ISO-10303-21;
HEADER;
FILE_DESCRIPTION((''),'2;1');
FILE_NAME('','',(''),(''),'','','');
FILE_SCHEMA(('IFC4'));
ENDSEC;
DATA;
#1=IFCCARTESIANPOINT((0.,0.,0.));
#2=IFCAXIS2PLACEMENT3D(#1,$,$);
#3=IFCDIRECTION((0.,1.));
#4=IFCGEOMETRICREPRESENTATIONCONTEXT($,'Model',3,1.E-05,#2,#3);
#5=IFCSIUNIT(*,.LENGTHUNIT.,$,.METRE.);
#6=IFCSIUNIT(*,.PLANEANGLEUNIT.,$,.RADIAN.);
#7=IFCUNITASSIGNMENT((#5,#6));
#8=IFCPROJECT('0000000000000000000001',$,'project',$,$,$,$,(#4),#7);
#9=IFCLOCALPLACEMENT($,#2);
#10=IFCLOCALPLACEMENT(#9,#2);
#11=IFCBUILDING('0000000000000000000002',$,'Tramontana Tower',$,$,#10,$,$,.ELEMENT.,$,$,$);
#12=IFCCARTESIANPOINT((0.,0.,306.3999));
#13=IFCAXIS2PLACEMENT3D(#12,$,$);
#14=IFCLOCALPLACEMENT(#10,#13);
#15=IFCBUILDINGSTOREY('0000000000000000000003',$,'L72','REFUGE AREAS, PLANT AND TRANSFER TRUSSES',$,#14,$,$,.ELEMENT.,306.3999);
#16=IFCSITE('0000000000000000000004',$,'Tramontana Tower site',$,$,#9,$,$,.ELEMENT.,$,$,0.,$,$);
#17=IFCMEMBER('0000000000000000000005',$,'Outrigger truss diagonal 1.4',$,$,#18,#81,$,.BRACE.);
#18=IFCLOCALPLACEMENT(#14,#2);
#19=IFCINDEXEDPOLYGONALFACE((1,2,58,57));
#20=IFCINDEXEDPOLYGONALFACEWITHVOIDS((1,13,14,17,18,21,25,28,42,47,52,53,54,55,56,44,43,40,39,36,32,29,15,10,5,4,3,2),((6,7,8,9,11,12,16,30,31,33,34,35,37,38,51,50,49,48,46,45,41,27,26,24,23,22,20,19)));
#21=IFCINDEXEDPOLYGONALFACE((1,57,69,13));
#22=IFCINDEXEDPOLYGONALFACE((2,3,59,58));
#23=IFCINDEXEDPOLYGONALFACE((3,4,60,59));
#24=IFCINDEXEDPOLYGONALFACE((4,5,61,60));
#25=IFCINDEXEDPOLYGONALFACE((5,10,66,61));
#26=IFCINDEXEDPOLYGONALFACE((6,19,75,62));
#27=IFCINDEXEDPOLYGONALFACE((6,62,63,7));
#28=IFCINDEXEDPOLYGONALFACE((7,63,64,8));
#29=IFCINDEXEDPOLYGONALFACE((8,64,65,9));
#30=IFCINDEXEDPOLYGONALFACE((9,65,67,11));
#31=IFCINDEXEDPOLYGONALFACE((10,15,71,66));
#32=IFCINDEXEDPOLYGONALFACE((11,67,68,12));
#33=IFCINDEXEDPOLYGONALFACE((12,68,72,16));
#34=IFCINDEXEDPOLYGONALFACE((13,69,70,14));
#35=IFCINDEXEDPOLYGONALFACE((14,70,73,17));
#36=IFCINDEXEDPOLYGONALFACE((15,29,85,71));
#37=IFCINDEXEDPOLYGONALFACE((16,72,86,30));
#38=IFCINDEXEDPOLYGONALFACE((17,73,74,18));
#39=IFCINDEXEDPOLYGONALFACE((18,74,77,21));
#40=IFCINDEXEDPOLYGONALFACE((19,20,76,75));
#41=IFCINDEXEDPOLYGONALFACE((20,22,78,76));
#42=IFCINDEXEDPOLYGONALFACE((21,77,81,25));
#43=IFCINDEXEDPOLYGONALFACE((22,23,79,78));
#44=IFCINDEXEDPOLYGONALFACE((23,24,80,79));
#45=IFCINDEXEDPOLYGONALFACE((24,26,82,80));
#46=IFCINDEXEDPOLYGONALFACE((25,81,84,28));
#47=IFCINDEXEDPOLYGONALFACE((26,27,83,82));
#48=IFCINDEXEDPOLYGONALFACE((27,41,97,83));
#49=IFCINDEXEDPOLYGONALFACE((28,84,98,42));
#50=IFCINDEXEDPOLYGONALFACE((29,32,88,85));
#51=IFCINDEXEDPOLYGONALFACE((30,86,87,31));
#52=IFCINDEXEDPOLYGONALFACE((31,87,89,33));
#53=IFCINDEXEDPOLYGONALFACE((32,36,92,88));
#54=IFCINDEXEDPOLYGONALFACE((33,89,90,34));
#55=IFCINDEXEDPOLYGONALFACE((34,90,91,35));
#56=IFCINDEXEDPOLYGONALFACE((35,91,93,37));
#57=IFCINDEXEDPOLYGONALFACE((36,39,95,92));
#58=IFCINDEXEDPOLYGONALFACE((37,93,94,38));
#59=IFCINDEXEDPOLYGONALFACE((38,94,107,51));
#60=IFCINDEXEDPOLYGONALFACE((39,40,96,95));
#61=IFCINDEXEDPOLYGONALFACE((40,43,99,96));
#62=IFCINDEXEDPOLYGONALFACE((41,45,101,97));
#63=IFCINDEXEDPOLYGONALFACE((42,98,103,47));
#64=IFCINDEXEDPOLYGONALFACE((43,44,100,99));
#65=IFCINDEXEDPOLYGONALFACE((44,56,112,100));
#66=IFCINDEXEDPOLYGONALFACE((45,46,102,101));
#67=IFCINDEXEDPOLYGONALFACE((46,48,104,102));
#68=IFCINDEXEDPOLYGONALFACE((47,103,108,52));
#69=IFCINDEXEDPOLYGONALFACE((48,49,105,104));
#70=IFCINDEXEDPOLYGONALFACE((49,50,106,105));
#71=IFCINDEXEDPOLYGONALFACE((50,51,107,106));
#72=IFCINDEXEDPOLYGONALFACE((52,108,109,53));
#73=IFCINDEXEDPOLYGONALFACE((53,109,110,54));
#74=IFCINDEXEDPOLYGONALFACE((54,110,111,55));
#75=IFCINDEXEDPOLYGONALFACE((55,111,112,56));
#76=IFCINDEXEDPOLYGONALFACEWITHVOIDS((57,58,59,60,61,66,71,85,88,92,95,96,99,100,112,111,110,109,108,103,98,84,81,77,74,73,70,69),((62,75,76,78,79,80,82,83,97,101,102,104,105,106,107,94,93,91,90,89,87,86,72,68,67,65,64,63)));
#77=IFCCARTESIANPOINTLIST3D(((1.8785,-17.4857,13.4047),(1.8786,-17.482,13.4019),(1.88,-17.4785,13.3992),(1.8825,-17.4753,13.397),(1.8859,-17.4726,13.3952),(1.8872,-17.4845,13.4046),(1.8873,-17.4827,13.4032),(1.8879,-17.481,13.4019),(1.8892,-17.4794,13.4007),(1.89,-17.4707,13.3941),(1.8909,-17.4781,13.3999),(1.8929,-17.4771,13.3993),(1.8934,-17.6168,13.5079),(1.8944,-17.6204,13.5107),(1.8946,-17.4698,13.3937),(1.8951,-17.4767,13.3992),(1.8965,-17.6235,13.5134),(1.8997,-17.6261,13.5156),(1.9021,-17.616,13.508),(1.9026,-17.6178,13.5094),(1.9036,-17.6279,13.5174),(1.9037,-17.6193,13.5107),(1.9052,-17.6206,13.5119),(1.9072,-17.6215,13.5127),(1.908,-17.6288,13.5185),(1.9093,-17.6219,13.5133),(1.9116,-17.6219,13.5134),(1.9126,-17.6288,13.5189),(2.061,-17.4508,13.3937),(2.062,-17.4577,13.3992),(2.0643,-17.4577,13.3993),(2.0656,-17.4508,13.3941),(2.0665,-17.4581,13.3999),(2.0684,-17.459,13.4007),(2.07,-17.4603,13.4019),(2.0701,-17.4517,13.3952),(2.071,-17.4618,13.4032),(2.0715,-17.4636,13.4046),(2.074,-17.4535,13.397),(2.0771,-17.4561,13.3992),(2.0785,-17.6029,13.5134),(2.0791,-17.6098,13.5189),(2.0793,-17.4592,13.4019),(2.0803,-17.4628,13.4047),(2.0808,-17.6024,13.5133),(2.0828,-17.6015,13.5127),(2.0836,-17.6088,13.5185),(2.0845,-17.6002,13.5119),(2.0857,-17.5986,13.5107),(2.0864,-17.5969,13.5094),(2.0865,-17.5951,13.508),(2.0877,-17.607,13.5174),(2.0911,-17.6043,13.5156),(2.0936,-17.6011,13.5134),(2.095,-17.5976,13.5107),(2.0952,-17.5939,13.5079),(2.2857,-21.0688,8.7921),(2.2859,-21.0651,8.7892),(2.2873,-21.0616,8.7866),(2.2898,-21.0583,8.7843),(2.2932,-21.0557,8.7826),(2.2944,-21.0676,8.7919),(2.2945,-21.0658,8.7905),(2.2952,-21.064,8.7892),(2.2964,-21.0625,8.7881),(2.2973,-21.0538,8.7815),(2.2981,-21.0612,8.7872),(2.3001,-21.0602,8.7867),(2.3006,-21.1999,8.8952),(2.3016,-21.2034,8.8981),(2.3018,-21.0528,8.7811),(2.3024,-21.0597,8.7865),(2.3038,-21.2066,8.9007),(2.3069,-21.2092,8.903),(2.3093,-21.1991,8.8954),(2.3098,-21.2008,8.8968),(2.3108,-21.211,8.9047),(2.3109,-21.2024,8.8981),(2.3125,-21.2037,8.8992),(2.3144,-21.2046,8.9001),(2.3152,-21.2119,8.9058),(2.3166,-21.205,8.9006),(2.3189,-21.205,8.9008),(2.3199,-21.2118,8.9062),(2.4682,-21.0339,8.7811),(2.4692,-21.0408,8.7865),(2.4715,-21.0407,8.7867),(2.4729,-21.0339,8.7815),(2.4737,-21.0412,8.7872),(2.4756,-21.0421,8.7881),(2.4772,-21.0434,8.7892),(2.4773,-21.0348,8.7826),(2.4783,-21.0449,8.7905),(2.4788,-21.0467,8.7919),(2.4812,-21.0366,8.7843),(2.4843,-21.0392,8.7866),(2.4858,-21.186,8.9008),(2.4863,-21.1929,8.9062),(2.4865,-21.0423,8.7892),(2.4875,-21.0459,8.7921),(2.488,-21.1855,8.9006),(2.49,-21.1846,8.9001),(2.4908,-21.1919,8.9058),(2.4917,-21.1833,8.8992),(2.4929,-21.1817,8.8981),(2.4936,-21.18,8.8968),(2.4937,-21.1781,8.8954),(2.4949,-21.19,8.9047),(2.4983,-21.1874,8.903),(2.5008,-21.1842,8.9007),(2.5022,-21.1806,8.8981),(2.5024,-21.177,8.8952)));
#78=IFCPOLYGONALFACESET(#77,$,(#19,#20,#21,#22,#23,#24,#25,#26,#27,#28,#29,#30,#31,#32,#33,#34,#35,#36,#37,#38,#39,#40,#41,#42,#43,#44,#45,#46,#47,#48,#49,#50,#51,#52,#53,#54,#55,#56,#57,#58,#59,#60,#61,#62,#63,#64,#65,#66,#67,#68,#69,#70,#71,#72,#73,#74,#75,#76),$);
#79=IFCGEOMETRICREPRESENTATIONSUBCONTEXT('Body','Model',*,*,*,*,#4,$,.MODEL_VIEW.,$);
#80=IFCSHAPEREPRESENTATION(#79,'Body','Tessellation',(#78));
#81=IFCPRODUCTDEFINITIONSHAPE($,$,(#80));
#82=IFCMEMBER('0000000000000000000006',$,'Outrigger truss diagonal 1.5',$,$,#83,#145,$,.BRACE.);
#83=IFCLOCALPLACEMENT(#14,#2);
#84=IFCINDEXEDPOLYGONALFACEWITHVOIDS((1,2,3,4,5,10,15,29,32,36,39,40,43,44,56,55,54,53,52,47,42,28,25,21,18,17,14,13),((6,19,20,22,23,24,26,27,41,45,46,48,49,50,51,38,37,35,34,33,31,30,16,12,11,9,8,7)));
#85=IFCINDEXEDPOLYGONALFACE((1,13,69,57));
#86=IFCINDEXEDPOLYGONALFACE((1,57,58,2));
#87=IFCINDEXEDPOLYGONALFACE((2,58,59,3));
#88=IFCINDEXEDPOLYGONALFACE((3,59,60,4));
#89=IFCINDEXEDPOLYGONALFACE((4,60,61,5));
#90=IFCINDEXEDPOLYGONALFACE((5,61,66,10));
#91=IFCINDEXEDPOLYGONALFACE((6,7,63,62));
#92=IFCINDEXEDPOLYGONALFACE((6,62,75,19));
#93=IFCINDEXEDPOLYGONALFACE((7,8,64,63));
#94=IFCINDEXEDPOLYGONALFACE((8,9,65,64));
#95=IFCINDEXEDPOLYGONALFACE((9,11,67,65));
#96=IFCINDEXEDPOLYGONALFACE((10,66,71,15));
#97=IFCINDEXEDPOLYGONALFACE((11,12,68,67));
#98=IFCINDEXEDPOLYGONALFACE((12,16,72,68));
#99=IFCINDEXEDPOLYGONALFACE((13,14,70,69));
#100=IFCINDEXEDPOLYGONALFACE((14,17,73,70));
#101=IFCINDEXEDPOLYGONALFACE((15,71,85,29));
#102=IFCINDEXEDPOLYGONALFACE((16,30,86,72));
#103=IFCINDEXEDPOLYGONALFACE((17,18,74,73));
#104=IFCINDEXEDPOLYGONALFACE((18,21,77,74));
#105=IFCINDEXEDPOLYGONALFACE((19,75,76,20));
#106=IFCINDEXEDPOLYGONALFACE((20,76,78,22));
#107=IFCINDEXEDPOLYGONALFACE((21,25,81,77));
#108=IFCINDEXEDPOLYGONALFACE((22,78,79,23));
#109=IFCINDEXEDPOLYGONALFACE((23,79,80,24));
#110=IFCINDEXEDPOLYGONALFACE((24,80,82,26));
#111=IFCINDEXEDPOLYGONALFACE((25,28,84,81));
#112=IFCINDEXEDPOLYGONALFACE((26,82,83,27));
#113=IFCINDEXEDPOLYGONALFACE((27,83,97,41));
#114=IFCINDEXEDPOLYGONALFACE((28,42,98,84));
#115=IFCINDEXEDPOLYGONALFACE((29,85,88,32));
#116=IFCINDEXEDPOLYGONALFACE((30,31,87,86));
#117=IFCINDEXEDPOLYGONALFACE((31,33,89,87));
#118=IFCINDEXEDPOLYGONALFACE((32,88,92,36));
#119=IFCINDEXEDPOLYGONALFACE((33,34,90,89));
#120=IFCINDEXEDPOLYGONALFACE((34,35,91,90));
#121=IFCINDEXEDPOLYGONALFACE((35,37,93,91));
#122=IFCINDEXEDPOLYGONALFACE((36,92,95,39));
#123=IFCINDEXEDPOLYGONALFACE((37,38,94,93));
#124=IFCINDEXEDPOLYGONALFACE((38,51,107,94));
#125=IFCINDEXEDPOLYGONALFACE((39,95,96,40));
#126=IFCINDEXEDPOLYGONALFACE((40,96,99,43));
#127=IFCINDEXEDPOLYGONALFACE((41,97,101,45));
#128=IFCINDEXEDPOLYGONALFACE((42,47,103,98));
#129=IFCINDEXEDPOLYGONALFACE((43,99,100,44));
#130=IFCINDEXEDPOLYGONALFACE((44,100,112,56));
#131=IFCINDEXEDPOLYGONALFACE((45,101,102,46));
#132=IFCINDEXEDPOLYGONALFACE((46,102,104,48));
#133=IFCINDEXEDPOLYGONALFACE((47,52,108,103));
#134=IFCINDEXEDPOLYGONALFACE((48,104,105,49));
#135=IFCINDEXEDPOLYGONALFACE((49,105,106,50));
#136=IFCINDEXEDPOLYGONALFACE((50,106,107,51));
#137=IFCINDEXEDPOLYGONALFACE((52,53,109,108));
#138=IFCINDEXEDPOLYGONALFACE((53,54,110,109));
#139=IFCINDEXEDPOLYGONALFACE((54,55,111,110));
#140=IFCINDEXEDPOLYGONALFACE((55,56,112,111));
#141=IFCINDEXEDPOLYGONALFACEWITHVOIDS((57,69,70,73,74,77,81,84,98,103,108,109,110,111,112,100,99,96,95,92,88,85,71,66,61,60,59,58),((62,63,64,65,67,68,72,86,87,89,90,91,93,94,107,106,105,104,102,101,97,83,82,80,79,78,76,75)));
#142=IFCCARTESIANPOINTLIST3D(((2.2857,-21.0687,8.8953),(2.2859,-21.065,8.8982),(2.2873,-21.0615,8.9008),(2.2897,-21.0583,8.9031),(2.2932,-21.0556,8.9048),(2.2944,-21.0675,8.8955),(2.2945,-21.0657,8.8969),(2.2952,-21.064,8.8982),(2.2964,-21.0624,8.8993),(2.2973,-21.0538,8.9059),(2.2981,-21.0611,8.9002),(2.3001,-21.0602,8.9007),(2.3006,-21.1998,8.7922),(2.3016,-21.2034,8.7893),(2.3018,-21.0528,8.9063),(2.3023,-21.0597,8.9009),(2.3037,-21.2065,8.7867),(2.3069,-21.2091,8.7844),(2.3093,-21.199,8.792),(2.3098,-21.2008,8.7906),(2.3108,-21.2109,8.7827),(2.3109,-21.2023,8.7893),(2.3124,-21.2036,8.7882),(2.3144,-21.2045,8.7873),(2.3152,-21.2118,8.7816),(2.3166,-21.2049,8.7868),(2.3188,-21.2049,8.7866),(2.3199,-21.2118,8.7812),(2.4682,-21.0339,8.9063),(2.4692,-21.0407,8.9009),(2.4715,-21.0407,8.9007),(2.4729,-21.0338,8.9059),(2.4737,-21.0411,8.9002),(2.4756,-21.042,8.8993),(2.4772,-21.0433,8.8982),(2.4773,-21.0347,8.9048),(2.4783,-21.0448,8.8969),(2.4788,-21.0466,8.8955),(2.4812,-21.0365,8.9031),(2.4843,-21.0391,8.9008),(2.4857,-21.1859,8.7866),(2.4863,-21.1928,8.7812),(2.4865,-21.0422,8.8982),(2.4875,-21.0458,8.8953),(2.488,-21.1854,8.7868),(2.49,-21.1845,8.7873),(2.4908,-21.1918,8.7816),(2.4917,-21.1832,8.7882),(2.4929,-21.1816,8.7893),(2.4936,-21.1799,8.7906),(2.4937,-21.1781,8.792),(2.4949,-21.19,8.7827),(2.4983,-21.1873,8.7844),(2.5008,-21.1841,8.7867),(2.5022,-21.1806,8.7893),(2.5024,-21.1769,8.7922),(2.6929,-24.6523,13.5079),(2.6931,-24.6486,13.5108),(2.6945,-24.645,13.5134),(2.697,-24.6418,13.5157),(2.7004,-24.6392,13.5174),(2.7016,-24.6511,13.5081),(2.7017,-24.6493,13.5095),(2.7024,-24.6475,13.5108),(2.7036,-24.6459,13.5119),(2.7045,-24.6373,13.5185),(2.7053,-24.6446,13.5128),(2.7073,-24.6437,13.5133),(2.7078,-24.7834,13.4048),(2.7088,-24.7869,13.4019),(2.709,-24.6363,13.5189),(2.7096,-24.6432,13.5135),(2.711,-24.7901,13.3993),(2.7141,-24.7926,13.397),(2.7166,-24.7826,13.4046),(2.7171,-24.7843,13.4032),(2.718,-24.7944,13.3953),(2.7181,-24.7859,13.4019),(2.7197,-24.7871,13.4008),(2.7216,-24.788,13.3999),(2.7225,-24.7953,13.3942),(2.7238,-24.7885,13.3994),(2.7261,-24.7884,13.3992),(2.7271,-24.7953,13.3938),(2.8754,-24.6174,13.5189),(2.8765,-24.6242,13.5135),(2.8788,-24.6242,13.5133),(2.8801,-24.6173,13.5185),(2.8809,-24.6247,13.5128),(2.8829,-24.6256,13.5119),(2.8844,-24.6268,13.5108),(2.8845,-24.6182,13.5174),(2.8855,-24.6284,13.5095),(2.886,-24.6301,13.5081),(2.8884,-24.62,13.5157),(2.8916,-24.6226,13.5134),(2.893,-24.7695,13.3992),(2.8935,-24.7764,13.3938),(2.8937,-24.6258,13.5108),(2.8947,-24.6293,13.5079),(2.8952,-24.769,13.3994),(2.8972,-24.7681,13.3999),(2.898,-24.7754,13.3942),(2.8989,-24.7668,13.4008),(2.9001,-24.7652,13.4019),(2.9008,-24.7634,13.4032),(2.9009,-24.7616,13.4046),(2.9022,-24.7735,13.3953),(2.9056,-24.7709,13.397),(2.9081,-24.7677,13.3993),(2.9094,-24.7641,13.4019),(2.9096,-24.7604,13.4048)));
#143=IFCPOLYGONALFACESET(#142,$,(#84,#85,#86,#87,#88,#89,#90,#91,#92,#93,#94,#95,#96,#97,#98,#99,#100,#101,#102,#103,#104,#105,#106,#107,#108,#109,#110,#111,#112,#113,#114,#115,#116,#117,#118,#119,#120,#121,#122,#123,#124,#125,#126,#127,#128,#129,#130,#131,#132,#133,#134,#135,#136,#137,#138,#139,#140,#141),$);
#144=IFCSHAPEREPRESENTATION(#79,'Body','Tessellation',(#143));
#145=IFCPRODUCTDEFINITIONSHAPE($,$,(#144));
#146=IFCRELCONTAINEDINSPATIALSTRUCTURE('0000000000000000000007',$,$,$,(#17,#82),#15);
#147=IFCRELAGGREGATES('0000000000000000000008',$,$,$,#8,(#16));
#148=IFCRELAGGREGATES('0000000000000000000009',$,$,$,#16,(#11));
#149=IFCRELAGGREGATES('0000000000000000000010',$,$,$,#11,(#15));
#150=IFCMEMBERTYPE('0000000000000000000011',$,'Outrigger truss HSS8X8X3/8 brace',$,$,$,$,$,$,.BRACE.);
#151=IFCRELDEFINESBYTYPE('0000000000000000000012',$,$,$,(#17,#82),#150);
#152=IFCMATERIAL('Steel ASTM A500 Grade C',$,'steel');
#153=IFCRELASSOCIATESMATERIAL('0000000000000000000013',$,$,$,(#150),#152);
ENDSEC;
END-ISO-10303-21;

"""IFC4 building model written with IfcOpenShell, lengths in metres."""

from ifc_helpers import new_model, si_unit, direction, frame, origin, origin_2d, place, context, subcontext, project, spatial, hollow_rectangle, extrude, material, material_profile, profile_set, type_object, element, save


model = new_model("IFC4")

# Units and contexts
model_context = context("Model", 3, precision=1e-05, world=origin(), true_north=direction((0.0, 1.0)))
body_context = subcontext(model_context, "Body", "Model", "MODEL_VIEW")
ifc_project = project(units=[si_unit("LENGTHUNIT", "METRE"), si_unit("PLANEANGLEUNIT", "RADIAN")], contexts=[model_context])

# Site, building, storey
site_placement = place(None, origin())
site = spatial("IfcSite", under=ifc_project, at=site_placement, Name="Tramontana Tower site", CompositionType="ELEMENT", RefElevation=0.0)
building_placement = place(site_placement, origin())
building = spatial("IfcBuilding", under=site, at=building_placement, Name="Tramontana Tower", CompositionType="ELEMENT")
storey_placement = place(building_placement, frame((0.0, 0.0, 306.3999)))
storey = spatial("IfcBuildingStorey", under=building, at=storey_placement, Name="L72", Description="REFUGE AREAS, PLANT AND TRANSFER TRUSSES", CompositionType="ELEMENT", Elevation=306.3999)

# Members
ifc_material_1 = material(Name="Steel ASTM A500 Grade C", Category="steel")
ifc_material_profile_1 = material_profile(ifc_material_1, hollow_rectangle(XDim=0.2031, YDim=0.2031, WallThickness=0.0088, InnerFilletRadius=0.0088, OuterFilletRadius=0.0178, at=origin_2d()), Name="HSS8X8X3/8")
ifc_profile_set_1 = profile_set([ifc_material_profile_1], Name="Steel ASTM A500 Grade C")
member_type_1 = type_object("IfcMemberType", Name="Outrigger truss HSS8X8X3/8 brace", PredefinedType="BRACE", material=ifc_profile_set_1)
member_1_placement = place(storey_placement, frame((1.9868, -17.5398, 13.4563), z_axis=(0.069554, -0.611972, -0.787815), x_axis=(0.993603, 0.112928, 0.0)))
element("IfcMember", 1, at=member_1_placement, inside=storey, type_object=member_type_1, Name="Outrigger truss diagonal 1.4", PredefinedType="BRACE", context=body_context, shape_type="SweptSolid", body=[
    extrude(hollow_rectangle(XDim=0.2031, YDim=0.2031, WallThickness=0.0088, InnerFilletRadius=0.0088, OuterFilletRadius=0.0178, at=origin_2d()), origin(), (0.0, 0.0, 1.0), 5.855),
])
member_2_placement = place(storey_placement, frame((2.394, -21.1228, 8.8438), z_axis=(0.06955, -0.612024, 0.787775), x_axis=(0.993605, 0.112913, 0.0)))
element("IfcMember", 2, at=member_2_placement, inside=storey, type_object=member_type_1, Name="Outrigger truss diagonal 1.5", PredefinedType="BRACE", context=body_context, shape_type="SweptSolid", body=[
    extrude(hollow_rectangle(XDim=0.2031, YDim=0.2031, WallThickness=0.0088, InnerFilletRadius=0.0088, OuterFilletRadius=0.0178, at=origin_2d()), origin(), (0.0, 0.0, 1.0), 5.8552),
])

save(model, "model.ifc")
